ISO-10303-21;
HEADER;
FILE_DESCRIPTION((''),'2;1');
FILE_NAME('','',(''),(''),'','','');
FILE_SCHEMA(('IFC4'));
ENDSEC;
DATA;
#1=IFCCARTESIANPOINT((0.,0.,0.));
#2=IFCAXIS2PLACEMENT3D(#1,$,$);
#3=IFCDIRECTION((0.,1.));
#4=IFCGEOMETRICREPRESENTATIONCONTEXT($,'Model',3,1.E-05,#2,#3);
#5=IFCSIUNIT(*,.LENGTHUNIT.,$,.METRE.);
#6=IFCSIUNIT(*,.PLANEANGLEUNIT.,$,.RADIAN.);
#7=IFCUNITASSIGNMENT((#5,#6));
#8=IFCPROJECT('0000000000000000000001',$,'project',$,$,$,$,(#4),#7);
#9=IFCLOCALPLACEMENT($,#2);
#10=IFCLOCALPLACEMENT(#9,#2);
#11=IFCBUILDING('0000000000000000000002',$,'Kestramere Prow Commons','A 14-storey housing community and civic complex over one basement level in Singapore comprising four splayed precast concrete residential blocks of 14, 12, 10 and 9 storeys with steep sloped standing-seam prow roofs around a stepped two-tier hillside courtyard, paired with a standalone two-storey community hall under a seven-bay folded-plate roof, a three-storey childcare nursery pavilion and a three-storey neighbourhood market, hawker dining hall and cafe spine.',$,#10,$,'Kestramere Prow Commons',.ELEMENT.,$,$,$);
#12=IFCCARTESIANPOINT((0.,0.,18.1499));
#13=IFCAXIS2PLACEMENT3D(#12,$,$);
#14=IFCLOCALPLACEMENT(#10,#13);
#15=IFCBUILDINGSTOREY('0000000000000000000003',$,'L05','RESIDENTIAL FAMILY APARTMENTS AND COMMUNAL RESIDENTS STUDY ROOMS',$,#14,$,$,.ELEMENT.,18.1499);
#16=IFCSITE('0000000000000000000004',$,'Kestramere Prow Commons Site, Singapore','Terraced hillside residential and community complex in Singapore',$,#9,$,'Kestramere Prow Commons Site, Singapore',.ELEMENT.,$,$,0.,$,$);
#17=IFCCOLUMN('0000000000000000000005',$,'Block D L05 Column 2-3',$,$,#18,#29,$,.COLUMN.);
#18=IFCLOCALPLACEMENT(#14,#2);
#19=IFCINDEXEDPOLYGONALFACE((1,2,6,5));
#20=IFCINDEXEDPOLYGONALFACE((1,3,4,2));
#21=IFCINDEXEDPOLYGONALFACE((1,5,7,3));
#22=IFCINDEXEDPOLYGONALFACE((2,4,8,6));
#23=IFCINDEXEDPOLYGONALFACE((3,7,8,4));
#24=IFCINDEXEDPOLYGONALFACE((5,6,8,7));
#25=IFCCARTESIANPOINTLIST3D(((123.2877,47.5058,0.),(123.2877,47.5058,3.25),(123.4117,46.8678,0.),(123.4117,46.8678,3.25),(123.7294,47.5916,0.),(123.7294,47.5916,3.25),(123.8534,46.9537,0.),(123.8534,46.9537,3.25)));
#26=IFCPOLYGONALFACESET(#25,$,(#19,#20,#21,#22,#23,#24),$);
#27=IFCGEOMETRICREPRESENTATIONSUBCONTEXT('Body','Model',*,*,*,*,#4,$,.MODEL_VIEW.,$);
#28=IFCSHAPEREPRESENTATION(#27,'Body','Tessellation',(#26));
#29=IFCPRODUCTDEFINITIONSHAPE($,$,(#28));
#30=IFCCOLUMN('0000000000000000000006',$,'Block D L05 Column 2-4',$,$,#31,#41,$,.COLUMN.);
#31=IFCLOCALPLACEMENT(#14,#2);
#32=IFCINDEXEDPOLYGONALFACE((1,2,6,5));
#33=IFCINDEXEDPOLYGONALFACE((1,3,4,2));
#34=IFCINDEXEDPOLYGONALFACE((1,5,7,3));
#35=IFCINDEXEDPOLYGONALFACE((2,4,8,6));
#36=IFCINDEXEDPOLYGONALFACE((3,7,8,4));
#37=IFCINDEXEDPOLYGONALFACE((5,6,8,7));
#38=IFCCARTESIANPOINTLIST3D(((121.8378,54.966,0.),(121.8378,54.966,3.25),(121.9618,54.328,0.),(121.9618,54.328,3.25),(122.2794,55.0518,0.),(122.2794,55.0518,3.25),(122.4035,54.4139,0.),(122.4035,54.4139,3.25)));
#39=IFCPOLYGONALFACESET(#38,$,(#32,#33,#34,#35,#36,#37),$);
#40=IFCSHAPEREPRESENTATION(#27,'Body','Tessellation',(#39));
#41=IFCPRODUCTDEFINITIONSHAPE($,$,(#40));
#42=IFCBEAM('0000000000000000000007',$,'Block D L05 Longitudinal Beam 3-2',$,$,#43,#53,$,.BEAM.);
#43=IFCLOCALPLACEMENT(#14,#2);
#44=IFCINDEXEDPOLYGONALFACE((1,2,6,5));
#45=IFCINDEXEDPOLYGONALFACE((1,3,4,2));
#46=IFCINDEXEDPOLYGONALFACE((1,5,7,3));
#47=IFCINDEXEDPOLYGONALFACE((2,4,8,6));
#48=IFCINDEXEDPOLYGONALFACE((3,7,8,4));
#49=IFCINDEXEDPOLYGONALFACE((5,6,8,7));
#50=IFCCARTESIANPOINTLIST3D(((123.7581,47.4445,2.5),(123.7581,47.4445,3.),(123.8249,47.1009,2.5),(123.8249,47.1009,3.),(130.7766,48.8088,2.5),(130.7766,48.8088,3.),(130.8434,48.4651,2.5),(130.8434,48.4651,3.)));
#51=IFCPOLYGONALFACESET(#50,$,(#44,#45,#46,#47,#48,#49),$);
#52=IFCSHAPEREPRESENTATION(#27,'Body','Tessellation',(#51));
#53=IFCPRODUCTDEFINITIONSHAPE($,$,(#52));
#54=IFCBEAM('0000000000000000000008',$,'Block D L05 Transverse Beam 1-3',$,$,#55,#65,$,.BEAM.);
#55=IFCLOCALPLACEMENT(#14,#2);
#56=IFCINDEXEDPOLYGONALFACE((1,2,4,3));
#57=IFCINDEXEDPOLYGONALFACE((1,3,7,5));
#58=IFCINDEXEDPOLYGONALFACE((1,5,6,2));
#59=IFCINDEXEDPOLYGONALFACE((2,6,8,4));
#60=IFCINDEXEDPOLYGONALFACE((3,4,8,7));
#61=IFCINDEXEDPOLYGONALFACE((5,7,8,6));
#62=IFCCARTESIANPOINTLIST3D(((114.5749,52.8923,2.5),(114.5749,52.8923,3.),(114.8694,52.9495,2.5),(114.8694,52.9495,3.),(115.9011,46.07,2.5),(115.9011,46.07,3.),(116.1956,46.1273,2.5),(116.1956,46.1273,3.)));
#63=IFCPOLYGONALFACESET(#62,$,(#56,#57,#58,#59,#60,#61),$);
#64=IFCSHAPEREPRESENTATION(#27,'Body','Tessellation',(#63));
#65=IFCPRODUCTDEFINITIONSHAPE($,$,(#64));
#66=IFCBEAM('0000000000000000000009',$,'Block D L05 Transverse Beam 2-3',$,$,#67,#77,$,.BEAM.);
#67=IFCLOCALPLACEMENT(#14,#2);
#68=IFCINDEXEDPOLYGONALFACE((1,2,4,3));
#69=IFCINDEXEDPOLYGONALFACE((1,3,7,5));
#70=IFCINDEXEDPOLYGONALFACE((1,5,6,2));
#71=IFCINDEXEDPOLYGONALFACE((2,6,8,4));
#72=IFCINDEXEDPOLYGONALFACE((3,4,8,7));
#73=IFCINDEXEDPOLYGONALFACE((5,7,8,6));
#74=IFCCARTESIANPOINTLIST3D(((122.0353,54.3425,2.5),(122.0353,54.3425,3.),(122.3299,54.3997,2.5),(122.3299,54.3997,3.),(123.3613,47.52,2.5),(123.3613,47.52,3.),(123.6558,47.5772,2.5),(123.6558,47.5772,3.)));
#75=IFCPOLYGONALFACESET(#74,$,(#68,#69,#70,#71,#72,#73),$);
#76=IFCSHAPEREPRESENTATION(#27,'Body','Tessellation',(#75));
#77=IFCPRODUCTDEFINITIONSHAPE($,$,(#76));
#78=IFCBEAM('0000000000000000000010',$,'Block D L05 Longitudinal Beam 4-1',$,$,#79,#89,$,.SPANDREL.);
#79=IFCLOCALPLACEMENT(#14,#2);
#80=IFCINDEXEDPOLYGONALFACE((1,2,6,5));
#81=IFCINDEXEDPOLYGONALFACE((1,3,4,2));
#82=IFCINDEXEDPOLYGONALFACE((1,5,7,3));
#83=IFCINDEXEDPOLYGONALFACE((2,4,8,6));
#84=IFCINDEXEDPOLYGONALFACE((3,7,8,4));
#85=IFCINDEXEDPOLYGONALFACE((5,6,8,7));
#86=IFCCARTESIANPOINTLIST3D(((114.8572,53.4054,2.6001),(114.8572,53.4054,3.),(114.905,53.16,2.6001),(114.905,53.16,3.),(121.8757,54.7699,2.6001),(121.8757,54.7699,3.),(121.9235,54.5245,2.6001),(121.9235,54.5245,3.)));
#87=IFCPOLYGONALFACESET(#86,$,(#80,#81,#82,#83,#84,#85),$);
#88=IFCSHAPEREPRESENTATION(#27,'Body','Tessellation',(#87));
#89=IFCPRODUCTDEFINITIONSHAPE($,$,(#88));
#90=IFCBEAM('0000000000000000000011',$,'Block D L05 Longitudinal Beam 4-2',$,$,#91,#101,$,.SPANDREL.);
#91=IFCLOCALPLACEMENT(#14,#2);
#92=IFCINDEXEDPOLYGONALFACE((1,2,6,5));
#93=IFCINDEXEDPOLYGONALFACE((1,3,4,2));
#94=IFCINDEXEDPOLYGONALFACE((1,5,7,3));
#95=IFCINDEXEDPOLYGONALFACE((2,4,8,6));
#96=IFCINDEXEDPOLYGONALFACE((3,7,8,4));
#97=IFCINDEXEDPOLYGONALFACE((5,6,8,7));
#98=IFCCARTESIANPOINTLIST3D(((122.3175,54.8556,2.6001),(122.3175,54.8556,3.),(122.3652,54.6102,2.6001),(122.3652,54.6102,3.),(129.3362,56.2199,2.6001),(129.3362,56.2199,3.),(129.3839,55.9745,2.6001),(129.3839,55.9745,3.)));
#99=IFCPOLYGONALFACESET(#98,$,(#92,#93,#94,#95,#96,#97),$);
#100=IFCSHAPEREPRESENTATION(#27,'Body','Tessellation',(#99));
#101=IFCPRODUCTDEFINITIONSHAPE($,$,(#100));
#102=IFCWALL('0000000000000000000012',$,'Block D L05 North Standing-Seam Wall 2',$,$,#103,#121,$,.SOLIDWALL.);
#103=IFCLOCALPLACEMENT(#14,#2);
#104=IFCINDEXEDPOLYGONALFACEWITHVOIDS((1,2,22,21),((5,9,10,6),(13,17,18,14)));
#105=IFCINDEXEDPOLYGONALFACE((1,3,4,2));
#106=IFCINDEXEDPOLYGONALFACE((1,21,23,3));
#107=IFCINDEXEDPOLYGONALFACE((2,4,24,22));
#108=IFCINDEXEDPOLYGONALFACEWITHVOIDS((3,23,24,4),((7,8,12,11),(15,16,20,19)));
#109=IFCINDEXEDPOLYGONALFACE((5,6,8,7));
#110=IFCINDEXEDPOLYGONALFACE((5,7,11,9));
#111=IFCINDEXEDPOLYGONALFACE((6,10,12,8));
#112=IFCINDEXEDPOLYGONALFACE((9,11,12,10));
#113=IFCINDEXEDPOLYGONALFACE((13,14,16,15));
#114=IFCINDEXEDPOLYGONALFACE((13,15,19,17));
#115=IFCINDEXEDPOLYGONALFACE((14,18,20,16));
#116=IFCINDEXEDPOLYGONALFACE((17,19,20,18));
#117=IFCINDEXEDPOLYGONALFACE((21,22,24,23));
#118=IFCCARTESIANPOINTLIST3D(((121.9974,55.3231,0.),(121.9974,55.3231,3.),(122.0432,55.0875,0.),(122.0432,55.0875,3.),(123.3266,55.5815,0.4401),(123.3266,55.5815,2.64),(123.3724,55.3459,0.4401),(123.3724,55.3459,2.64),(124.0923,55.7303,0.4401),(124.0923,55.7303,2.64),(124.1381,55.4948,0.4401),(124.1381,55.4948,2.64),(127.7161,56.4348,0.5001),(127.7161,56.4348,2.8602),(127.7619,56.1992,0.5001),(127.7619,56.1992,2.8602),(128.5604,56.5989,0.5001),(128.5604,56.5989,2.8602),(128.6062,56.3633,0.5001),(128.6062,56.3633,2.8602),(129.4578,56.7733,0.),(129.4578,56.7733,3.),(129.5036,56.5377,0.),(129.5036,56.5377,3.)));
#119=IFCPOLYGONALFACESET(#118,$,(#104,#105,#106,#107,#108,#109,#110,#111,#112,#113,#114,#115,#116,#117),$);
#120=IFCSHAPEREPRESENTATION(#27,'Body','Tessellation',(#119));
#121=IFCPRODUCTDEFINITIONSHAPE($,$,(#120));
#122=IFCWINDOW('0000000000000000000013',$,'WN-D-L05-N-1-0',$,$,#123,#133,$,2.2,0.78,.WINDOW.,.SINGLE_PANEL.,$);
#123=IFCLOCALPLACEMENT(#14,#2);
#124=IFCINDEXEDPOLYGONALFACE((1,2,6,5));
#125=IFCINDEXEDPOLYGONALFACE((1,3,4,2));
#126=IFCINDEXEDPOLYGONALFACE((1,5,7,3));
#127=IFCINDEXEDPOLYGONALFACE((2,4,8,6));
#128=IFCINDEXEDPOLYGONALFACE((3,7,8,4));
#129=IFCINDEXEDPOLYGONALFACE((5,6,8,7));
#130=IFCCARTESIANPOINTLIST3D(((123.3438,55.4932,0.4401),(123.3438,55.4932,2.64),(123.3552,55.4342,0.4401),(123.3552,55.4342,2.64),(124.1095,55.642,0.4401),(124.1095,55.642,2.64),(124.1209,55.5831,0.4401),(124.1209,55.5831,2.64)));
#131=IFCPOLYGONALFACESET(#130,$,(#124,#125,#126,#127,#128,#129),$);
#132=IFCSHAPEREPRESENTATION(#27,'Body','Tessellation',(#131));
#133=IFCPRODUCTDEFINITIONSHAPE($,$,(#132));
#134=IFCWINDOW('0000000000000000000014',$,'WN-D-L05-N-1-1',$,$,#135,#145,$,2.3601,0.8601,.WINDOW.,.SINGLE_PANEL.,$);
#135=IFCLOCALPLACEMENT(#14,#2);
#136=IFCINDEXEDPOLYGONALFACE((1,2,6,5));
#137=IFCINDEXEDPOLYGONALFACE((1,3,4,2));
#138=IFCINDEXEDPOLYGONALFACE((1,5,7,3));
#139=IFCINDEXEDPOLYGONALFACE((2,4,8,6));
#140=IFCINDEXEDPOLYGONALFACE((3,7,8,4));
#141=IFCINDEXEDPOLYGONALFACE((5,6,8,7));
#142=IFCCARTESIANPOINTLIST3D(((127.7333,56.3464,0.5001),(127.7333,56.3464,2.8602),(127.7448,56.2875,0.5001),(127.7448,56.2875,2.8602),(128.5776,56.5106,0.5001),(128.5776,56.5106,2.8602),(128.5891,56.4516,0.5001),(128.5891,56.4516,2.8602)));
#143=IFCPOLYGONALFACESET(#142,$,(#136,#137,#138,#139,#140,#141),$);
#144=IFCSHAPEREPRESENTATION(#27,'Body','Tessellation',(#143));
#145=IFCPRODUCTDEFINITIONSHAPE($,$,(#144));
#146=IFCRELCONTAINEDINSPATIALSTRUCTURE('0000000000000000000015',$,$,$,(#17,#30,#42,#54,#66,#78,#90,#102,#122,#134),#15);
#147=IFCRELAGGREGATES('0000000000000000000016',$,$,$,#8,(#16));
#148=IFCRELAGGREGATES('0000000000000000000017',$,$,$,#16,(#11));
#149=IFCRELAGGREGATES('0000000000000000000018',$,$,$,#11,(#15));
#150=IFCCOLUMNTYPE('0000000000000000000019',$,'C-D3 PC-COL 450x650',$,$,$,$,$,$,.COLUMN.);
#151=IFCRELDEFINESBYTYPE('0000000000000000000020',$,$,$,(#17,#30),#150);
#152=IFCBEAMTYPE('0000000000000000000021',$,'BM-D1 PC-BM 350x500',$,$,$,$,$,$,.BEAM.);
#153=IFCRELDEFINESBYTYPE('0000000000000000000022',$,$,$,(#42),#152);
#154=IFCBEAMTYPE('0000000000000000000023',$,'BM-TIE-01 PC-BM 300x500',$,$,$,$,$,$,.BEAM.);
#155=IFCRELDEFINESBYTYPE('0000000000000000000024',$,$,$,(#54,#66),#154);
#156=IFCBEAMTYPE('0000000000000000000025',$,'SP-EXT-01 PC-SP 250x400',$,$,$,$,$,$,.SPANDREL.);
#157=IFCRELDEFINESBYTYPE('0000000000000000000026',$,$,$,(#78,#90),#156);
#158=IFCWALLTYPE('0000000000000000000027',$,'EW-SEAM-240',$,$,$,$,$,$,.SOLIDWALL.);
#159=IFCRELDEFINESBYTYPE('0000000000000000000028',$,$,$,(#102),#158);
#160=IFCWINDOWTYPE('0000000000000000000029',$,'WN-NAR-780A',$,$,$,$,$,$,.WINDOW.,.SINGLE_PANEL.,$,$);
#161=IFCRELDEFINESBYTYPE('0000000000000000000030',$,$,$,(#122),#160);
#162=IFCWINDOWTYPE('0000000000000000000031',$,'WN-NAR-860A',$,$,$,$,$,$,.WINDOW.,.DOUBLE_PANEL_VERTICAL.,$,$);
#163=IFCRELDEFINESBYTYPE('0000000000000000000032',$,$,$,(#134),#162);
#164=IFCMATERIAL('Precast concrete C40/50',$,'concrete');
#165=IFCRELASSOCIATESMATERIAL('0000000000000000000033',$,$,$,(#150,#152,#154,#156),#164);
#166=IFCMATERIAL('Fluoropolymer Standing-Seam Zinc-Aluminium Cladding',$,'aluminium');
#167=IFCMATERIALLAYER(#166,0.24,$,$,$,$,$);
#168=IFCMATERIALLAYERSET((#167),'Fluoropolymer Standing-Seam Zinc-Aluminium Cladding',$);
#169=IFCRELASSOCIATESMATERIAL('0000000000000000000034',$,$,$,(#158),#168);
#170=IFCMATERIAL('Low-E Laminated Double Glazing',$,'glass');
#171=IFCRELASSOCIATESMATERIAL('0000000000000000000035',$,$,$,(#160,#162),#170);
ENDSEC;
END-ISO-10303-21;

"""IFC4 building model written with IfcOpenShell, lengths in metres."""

from ifc_helpers import new_model, si_unit, direction, frame, frame_2d, origin, origin_2d, place, context, subcontext, project, spatial, rectangle, extrude, material, layer, layer_set, material_profile, profile_set, type_object, element, fill, save


model = new_model("IFC4")

# Units and contexts
model_context = context("Model", 3, precision=1e-05, world=origin(), true_north=direction((0.0, 1.0)))
body_context = subcontext(model_context, "Body", "Model", "MODEL_VIEW")
ifc_project = project(units=[si_unit("LENGTHUNIT", "METRE"), si_unit("PLANEANGLEUNIT", "RADIAN")], contexts=[model_context])

# Site, building, storey
site_placement = place(None, origin())
site = spatial("IfcSite", under=ifc_project, at=site_placement, Name="Kestramere Prow Commons Site, Singapore", Description="Terraced hillside residential and community complex in Singapore", LongName="Kestramere Prow Commons Site, Singapore", CompositionType="ELEMENT", RefElevation=0.0)
building_placement = place(site_placement, origin())
building = spatial("IfcBuilding", under=site, at=building_placement, Name="Kestramere Prow Commons", Description="A 14-storey housing community and civic complex over one basement level in Singapore comprising four splayed precast concrete residential blocks of 14, 12, 10 and 9 storeys with steep sloped standing-seam prow roofs around a stepped two-tier hillside courtyard, paired with a standalone two-storey community hall under a seven-bay folded-plate roof, a three-storey childcare nursery pavilion and a three-storey neighbourhood market, hawker dining hall and cafe spine.", LongName="Kestramere Prow Commons", CompositionType="ELEMENT")
storey_placement = place(building_placement, frame((0.0, 0.0, 18.1499)))
storey = spatial("IfcBuildingStorey", under=building, at=storey_placement, Name="L05", Description="RESIDENTIAL FAMILY APARTMENTS AND COMMUNAL RESIDENTS STUDY ROOMS", CompositionType="ELEMENT", Elevation=18.1499)

# Columns
ifc_material_1 = material(Name="Precast concrete C40/50", Category="concrete")
ifc_material_profile_1 = material_profile(ifc_material_1, rectangle(XDim=0.45, YDim=0.6499, at=origin_2d()), Name="PC-COL 450x650")
ifc_profile_set_1 = profile_set([ifc_material_profile_1], Name="Precast concrete C40/50")
column_type = type_object("IfcColumnType", Name="C-D3 PC-COL 450x650", PredefinedType="COLUMN", material=ifc_profile_set_1)
for number, where, z_axis, x_axis, name in (
    (1, (123.5706, 47.2297, 0.0), (0.0, 0.0, 1.0), (0.981627, 0.190809, 0.0), "Block D L05 Column 2-3"),
    (2, (122.1206, 54.6899, 0.0), (0.0, 0.0, 1.0), (0.981627, 0.190809, 0.0), "Block D L05 Column 2-4"),
):
    element("IfcColumn", number, at=place(storey_placement, frame(where, z_axis=z_axis, x_axis=x_axis)), inside=storey, type_object=column_type, Name=name, PredefinedType="COLUMN", context=body_context, shape_type="SweptSolid", body=[
        extrude(rectangle(XDim=0.45, YDim=0.6499, at=origin_2d()), origin(), (0.0, 0.0, 1.0), 3.25),
    ])

# Beams
ifc_material_profile_2 = material_profile(ifc_material_1, rectangle(XDim=0.3501, YDim=0.5, at=origin_2d()), Name="PC-BM 350x500")
ifc_profile_set_2 = profile_set([ifc_material_profile_2], Name="Precast concrete C40/50")
beam_type_1 = type_object("IfcBeamType", Name="BM-D1 PC-BM 350x500", PredefinedType="BEAM", material=ifc_profile_set_2)
beam_1_placement = place(storey_placement, frame((123.7915, 47.2727, 2.75), z_axis=(0.981627, 0.190808, 0.0), x_axis=(-0.190808, 0.981627, 0.0)))
element("IfcBeam", 3, at=beam_1_placement, inside=storey, type_object=beam_type_1, Name="Block D L05 Longitudinal Beam 3-2", PredefinedType="BEAM", context=body_context, shape_type="SweptSolid", body=[
    extrude(rectangle(XDim=0.3501, YDim=0.5, at=origin_2d()), origin(), (0.0, 0.0, 1.0), 7.1499),
])
ifc_material_profile_3 = material_profile(ifc_material_1, rectangle(XDim=0.3, YDim=0.5, at=origin_2d()), Name="PC-BM 300x500")
ifc_profile_set_3 = profile_set([ifc_material_profile_3], Name="Precast concrete C40/50")
beam_type_2 = type_object("IfcBeamType", Name="BM-TIE-01 PC-BM 300x500", PredefinedType="BEAM", material=ifc_profile_set_3)
beam_2_placement = place(storey_placement, frame((116.0483, 46.0986, 2.75), z_axis=(-0.190817, 0.981626, 0.0), x_axis=(-0.981626, -0.190817, 0.0)))
element("IfcBeam", 4, at=beam_2_placement, inside=storey, type_object=beam_type_2, Name="Block D L05 Transverse Beam 1-3", PredefinedType="BEAM", context=body_context, shape_type="SweptSolid", body=[
    extrude(rectangle(XDim=0.3, YDim=0.5, at=origin_2d()), origin(), (0.0, 0.0, 1.0), 6.95),
])
beam_3_placement = place(storey_placement, frame((123.5085, 47.5486, 2.75), z_axis=(-0.190777, 0.981633, 0.0), x_axis=(-0.981633, -0.190777, 0.0)))
element("IfcBeam", 5, at=beam_3_placement, inside=storey, type_object=beam_type_2, Name="Block D L05 Transverse Beam 2-3", PredefinedType="BEAM", context=body_context, shape_type="SweptSolid", body=[
    extrude(rectangle(XDim=0.3, YDim=0.5, at=origin_2d()), origin(), (0.0, 0.0, 1.0), 6.9502),
])
ifc_material_profile_4 = material_profile(ifc_material_1, rectangle(XDim=0.25, YDim=0.3999, at=origin_2d()), Name="PC-SP 250x400")
ifc_profile_set_4 = profile_set([ifc_material_profile_4], Name="Precast concrete C40/50")
beam_type_3 = type_object("IfcBeamType", Name="SP-EXT-01 PC-SP 250x400", PredefinedType="SPANDREL", material=ifc_profile_set_4)
beam_4_placement = place(storey_placement, frame((114.8811, 53.2827, 2.8), z_axis=(0.981621, 0.19084, 0.0), x_axis=(-0.19084, 0.981621, 0.0)))
element("IfcBeam", 6, at=beam_4_placement, inside=storey, type_object=beam_type_3, Name="Block D L05 Longitudinal Beam 4-1", PredefinedType="SPANDREL", context=body_context, shape_type="SweptSolid", body=[
    extrude(rectangle(XDim=0.25, YDim=0.3999, at=origin_2d()), origin(), (0.0, 0.0, 1.0), 7.1499),
])
beam_5_placement = place(storey_placement, frame((122.3413, 54.7329, 2.8), z_axis=(0.981629, 0.190801, 0.0), x_axis=(-0.190801, 0.981629, 0.0)))
element("IfcBeam", 7, at=beam_5_placement, inside=storey, type_object=beam_type_3, Name="Block D L05 Longitudinal Beam 4-2", PredefinedType="SPANDREL", context=body_context, shape_type="SweptSolid", body=[
    extrude(rectangle(XDim=0.25, YDim=0.3999, at=origin_2d()), origin(), (0.0, 0.0, 1.0), 7.1501),
])

# Wall, openings, windows
ifc_material_2 = material(Name="Fluoropolymer Standing-Seam Zinc-Aluminium Cladding", Category="aluminium")
ifc_layer_1 = layer(ifc_material_2, 0.24)
ifc_layer_set_1 = layer_set([ifc_layer_1], Name="Fluoropolymer Standing-Seam Zinc-Aluminium Cladding")
wall_type_1 = type_object("IfcWallType", Name="EW-SEAM-240", PredefinedType="SOLIDWALL", material=ifc_layer_set_1)
wall_1_placement = place(storey_placement, frame((122.0203, 55.2053, 0.0), z_axis=(0.0, 0.0, 1.0), x_axis=(0.981626, 0.190813, 0.0)))
wall_1 = element("IfcWall", 8, at=wall_1_placement, inside=storey, type_object=wall_type_1, Name="Block D L05 North Standing-Seam Wall 2", PredefinedType="SOLIDWALL", context=body_context, shape_type="SweptSolid", body=[
    extrude(rectangle(XDim=7.6001, YDim=0.24, at=frame_2d((3.8, 0.0))), origin(), (0.0, 0.0, 1.0), 3.0),
])
opening_1_placement = place(wall_1_placement, frame((1.354, 0.0, 0.4399)))
opening_1 = element("IfcOpeningElement", 9, at=opening_1_placement, cuts=wall_1, PredefinedType="OPENING", context=body_context, shape_type="SweptSolid", body=[
    extrude(rectangle(XDim=0.78, YDim=2.2, at=frame_2d((0.3901, 1.1001))), frame((0.0, 0.135, 0.0), z_axis=(0.0, -1.0, 0.0), x_axis=(1.0, 0.0, 0.0)), (0.0, 0.0, 1.0), 0.27),
])
opening_2_placement = place(wall_1_placement, frame((5.8257, 0.0, 0.5)))
opening_2 = element("IfcOpeningElement", 10, at=opening_2_placement, cuts=wall_1, PredefinedType="OPENING", context=body_context, shape_type="SweptSolid", body=[
    extrude(rectangle(XDim=0.8601, YDim=2.3601, at=frame_2d((0.4302, 1.1802))), frame((0.0, 0.135, 0.0), z_axis=(0.0, -1.0, 0.0), x_axis=(1.0, 0.0, 0.0)), (0.0, 0.0, 1.0), 0.27),
])
ifc_material_3 = material(Name="Low-E Laminated Double Glazing", Category="glass")
window_type_1 = type_object("IfcWindowType", Name="WN-NAR-780A", PartitioningType="SINGLE_PANEL", PredefinedType="WINDOW", material=ifc_material_3)
window_1_placement = place(opening_1_placement, origin())
window_1 = element("IfcWindow", 11, at=window_1_placement, inside=storey, type_object=window_type_1, Name="WN-D-L05-N-1-0", OverallHeight=2.2, OverallWidth=0.78, PartitioningType="SINGLE_PANEL", PredefinedType="WINDOW", context=body_context, shape_type="SweptSolid", body=[
    extrude(rectangle(XDim=0.78, YDim=2.2, at=frame_2d((0.3901, 1.1001))), frame((0.0, 0.03, 0.0), z_axis=(0.0, -1.0, 0.0), x_axis=(1.0, 0.0, 0.0)), (0.0, 0.0, 1.0), 0.0601),
])
fill(opening_1, window_1)
window_type_2 = type_object("IfcWindowType", Name="WN-NAR-860A", PartitioningType="DOUBLE_PANEL_VERTICAL", PredefinedType="WINDOW", material=ifc_material_3)
window_2_placement = place(opening_2_placement, origin())
window_2 = element("IfcWindow", 12, at=window_2_placement, inside=storey, type_object=window_type_2, Name="WN-D-L05-N-1-1", OverallHeight=2.3601, OverallWidth=0.8601, PartitioningType="SINGLE_PANEL", PredefinedType="WINDOW", context=body_context, shape_type="SweptSolid", body=[
    extrude(rectangle(XDim=0.8601, YDim=2.3601, at=frame_2d((0.4302, 1.1802))), frame((0.0, 0.03, 0.0), z_axis=(0.0, -1.0, 0.0), x_axis=(1.0, 0.0, 0.0)), (0.0, 0.0, 1.0), 0.0601),
])
fill(opening_2, window_2)

save(model, "model.ifc")
